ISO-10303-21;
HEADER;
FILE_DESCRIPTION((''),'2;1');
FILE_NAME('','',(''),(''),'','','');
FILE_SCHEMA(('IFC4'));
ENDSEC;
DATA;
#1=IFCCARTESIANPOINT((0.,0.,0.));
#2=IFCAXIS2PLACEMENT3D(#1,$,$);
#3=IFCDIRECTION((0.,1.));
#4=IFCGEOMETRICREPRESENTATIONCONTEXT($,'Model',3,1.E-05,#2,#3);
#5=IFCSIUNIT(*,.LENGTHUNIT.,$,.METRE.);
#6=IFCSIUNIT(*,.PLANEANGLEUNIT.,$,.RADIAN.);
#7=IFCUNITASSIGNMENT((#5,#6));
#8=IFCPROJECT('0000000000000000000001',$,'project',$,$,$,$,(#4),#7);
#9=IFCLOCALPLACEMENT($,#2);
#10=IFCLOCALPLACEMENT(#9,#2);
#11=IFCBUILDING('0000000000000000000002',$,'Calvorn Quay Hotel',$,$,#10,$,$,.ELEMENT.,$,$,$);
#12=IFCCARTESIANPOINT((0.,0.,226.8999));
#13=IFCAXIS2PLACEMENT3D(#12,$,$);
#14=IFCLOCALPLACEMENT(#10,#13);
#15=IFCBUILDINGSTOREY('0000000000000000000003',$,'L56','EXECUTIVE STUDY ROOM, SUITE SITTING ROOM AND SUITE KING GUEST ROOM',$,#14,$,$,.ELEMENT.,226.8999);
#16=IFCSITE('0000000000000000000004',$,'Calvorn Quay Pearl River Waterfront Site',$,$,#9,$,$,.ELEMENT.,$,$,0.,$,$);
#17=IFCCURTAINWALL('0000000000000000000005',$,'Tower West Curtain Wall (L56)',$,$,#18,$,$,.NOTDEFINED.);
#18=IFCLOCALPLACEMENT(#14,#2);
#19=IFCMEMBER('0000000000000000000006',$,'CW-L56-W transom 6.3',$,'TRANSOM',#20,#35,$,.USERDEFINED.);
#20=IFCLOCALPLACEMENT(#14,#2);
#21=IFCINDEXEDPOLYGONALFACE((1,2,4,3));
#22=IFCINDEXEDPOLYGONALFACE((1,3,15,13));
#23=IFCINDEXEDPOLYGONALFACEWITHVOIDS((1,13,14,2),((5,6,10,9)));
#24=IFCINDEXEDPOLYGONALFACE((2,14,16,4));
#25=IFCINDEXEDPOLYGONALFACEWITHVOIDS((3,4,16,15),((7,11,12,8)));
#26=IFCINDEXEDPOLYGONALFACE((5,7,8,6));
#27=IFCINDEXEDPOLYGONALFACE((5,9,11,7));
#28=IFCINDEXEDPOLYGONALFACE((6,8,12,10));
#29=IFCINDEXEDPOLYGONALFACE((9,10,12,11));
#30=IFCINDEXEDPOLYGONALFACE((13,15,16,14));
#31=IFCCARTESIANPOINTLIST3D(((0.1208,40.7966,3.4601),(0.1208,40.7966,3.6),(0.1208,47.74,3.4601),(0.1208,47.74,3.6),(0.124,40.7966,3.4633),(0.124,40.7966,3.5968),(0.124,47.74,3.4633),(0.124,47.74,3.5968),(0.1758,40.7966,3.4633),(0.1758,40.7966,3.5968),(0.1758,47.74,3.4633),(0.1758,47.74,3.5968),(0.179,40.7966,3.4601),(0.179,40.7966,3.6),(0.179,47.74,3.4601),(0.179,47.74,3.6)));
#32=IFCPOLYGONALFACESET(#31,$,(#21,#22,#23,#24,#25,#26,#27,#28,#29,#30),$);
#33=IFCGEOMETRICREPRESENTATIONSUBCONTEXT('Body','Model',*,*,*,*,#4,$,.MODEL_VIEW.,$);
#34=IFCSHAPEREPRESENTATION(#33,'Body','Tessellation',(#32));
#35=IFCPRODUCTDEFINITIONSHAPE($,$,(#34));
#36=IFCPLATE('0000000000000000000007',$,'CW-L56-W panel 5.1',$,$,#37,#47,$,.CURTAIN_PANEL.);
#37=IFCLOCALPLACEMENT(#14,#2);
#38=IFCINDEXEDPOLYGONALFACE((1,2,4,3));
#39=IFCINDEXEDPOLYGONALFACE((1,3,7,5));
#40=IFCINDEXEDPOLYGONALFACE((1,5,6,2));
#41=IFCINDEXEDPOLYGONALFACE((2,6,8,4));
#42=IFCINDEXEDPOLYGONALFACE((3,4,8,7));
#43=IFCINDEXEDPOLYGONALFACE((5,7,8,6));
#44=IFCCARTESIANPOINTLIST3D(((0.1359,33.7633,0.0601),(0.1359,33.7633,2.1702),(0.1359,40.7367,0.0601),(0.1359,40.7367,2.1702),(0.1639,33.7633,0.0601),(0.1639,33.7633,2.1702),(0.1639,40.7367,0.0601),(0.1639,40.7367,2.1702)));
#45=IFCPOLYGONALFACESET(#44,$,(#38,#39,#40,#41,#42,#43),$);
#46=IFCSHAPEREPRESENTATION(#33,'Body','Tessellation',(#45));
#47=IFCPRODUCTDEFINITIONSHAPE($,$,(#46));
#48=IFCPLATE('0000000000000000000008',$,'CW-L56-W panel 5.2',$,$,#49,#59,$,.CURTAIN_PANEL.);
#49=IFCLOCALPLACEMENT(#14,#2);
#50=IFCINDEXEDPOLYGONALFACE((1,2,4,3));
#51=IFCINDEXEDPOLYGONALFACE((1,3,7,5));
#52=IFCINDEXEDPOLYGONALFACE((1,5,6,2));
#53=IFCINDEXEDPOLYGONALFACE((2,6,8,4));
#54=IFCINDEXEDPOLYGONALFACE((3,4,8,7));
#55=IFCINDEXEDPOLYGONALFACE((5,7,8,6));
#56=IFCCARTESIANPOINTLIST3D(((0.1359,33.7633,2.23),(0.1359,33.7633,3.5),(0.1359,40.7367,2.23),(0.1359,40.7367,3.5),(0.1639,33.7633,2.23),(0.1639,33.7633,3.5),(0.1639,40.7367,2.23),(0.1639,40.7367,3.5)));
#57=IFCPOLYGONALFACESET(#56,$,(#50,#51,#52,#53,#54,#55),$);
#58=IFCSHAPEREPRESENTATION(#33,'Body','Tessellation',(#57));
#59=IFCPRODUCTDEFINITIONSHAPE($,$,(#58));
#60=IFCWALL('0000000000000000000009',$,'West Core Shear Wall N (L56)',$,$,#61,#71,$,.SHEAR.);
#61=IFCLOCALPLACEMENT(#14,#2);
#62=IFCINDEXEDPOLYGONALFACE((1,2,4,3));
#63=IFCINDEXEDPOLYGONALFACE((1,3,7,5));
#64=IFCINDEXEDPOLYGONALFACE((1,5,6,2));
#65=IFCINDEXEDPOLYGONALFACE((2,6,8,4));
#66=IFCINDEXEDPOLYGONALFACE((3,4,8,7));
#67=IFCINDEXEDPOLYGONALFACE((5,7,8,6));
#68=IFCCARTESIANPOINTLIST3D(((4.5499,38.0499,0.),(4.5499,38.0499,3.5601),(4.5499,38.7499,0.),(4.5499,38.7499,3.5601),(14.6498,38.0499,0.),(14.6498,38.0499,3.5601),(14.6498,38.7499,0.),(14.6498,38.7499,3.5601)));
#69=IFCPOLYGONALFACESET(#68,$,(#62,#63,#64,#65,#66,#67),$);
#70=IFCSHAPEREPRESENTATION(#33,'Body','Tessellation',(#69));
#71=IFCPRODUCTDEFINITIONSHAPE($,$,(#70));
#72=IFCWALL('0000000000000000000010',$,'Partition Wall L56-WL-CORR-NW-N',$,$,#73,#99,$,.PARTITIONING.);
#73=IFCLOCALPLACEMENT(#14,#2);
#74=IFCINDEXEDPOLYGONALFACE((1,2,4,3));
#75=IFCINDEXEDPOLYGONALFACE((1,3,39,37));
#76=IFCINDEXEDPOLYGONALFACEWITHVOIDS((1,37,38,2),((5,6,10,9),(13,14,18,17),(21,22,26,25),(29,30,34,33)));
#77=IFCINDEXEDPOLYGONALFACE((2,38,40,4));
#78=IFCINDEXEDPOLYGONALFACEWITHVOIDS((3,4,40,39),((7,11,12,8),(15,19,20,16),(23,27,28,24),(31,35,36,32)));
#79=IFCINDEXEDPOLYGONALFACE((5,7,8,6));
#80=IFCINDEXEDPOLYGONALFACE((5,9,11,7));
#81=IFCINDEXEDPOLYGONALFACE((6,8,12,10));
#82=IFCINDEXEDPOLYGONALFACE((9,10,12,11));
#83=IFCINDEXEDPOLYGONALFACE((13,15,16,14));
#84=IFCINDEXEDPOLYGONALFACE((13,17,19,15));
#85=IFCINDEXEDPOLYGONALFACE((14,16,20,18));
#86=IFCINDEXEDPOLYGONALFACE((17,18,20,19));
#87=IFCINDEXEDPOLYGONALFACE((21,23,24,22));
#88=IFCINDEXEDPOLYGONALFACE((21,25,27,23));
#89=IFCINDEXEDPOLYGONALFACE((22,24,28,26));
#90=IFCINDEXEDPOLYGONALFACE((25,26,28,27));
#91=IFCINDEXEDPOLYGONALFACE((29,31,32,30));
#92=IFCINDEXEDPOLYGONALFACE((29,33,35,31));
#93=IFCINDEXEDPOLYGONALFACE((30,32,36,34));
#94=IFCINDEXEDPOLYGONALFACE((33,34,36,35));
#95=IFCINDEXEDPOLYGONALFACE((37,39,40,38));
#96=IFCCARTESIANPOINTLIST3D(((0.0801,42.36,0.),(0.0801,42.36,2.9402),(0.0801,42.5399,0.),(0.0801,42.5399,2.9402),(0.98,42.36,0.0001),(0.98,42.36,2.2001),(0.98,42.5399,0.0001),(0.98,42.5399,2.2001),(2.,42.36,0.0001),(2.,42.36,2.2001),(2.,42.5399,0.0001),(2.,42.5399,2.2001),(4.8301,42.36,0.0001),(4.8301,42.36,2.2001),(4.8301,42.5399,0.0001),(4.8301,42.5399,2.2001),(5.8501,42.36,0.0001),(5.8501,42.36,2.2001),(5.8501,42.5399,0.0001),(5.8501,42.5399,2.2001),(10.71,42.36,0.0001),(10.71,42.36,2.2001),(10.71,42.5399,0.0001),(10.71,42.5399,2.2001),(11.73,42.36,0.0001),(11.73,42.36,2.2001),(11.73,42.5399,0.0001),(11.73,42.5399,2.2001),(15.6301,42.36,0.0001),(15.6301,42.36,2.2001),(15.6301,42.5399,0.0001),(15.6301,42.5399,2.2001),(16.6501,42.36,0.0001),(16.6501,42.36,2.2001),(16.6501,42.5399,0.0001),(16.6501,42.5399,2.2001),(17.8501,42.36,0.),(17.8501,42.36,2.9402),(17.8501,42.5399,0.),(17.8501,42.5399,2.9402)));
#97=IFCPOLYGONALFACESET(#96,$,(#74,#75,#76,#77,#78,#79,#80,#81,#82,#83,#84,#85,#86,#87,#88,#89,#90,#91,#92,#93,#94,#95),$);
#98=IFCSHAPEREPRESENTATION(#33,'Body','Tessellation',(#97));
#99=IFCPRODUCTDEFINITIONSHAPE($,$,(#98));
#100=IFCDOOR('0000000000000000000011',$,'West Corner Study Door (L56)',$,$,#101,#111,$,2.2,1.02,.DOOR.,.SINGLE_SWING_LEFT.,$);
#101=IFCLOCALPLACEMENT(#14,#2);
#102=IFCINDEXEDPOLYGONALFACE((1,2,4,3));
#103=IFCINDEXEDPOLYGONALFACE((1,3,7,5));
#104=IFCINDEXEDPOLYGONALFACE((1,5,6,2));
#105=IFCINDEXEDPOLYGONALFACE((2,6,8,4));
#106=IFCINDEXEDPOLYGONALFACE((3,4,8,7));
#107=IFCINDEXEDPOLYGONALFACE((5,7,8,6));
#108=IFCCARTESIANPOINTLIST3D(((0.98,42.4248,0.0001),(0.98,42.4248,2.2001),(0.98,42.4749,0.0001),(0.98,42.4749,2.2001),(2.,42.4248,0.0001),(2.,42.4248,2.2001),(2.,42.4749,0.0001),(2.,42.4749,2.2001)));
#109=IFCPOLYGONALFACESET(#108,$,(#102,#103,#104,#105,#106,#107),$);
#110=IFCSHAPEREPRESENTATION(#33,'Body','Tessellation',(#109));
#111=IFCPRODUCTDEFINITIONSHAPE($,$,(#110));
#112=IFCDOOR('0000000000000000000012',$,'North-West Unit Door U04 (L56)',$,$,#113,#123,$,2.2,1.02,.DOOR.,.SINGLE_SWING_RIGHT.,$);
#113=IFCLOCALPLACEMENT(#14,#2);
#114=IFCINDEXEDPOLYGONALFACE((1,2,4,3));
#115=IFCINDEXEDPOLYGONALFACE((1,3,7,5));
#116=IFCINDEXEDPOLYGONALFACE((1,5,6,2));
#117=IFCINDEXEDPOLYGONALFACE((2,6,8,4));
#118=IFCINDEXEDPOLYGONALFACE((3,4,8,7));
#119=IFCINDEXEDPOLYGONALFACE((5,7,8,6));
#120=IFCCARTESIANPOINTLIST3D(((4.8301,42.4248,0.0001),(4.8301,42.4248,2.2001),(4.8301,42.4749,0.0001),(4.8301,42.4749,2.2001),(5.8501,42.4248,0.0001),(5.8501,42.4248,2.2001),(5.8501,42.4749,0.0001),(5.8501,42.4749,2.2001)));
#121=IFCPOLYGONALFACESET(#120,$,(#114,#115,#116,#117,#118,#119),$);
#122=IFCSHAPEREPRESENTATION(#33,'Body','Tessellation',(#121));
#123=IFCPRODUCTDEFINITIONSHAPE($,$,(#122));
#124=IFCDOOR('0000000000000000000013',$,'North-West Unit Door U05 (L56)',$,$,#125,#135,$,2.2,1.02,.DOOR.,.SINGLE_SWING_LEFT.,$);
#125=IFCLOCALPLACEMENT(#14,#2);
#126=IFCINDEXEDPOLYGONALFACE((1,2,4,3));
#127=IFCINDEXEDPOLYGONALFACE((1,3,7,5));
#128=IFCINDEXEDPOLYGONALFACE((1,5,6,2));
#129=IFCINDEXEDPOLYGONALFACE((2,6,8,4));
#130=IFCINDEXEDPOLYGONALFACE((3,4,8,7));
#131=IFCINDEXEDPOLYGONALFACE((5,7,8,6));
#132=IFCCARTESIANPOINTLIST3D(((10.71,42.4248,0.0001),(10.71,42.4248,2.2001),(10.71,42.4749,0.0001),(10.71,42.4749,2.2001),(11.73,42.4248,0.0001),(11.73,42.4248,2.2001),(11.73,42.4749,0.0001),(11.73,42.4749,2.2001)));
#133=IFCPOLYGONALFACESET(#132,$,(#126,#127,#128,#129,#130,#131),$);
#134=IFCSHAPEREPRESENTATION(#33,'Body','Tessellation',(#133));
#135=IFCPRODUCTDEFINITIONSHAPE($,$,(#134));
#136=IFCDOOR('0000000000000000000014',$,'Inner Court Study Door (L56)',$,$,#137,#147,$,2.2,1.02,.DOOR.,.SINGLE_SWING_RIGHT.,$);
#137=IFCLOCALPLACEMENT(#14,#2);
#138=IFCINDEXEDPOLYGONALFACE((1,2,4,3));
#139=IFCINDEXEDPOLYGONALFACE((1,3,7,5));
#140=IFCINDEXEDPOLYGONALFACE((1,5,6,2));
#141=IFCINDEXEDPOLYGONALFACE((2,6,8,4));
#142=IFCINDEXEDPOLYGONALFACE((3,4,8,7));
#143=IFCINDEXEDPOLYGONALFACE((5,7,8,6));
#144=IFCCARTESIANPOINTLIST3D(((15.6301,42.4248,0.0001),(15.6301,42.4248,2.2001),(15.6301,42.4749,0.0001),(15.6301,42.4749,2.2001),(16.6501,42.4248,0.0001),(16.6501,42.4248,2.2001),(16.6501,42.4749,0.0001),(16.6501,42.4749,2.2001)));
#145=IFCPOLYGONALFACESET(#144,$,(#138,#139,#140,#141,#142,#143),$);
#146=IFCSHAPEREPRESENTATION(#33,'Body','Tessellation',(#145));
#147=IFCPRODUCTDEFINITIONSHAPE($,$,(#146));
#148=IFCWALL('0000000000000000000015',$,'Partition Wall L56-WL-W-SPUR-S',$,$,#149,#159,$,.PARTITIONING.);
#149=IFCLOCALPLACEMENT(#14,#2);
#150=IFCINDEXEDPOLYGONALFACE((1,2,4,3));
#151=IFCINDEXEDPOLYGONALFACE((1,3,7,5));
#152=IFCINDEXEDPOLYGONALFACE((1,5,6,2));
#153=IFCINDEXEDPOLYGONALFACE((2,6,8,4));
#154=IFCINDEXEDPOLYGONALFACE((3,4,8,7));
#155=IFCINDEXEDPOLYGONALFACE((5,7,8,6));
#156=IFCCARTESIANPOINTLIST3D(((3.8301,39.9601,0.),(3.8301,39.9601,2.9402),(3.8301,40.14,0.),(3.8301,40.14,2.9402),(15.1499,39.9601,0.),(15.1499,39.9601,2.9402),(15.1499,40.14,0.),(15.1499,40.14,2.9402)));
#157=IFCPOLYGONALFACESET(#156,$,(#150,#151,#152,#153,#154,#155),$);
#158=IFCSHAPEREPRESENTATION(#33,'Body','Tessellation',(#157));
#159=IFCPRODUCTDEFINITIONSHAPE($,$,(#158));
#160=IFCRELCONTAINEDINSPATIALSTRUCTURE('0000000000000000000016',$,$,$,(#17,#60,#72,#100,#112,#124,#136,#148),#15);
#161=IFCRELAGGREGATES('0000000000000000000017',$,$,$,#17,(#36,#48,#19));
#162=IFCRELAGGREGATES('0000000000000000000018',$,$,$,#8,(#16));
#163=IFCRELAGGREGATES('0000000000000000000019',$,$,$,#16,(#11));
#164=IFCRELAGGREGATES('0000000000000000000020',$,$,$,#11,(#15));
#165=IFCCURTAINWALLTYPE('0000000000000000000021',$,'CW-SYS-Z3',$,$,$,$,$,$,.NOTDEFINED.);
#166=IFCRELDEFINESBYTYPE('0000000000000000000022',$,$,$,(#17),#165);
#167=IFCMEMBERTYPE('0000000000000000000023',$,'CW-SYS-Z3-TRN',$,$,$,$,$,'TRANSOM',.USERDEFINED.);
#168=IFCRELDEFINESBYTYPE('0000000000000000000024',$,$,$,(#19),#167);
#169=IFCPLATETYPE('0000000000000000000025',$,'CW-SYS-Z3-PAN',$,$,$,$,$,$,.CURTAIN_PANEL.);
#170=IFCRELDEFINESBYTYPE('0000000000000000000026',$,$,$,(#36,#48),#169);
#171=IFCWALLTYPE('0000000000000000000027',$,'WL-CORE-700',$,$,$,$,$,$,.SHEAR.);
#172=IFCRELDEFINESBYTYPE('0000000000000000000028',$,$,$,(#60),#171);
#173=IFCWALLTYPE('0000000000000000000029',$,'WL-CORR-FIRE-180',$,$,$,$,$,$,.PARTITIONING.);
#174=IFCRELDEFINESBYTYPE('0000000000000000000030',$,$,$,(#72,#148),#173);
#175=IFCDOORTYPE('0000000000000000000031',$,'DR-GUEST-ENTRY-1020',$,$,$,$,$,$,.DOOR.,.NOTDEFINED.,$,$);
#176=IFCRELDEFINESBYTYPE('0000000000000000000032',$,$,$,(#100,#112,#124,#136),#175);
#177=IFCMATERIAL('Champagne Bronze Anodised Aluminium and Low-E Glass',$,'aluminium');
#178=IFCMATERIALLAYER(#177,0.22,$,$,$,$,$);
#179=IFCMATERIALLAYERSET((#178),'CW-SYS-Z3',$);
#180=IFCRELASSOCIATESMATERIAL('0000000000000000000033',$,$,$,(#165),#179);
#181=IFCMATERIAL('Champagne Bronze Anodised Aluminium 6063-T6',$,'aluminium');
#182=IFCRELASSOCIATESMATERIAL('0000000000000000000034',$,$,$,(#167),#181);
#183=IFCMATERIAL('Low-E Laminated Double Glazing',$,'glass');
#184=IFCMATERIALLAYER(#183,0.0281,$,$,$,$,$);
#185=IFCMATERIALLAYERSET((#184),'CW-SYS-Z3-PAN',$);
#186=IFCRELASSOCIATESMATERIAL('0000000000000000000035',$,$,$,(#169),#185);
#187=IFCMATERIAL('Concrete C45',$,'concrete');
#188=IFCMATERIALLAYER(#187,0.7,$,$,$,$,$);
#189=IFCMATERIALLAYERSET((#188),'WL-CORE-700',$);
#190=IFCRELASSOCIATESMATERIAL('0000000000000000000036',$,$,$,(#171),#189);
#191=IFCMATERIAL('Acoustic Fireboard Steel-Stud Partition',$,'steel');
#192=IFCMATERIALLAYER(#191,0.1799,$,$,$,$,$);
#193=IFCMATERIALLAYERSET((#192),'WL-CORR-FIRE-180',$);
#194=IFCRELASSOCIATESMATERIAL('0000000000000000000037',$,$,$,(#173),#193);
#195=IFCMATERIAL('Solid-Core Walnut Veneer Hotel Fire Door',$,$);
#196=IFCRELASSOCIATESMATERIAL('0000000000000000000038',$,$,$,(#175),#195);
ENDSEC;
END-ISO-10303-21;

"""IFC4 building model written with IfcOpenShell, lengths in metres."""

from ifc_helpers import new_model, si_unit, direction, frame, frame_2d, origin, origin_2d, place, context, subcontext, project, spatial, rectangle, hollow_rectangle, extrude, material, layer, layer_set, material_profile, profile_set, type_object, element, fill, aggregate, save


model = new_model("IFC4")

# Units and contexts
model_context = context("Model", 3, precision=1e-05, world=origin(), true_north=direction((0.0, 1.0)))
body_context = subcontext(model_context, "Body", "Model", "MODEL_VIEW")
ifc_project = project(units=[si_unit("LENGTHUNIT", "METRE"), si_unit("PLANEANGLEUNIT", "RADIAN")], contexts=[model_context])

# Site, building, storey
site_placement = place(None, origin())
site = spatial("IfcSite", under=ifc_project, at=site_placement, Name="Calvorn Quay Pearl River Waterfront Site", CompositionType="ELEMENT", RefElevation=0.0)
building_placement = place(site_placement, origin())
building = spatial("IfcBuilding", under=site, at=building_placement, Name="Calvorn Quay Hotel", CompositionType="ELEMENT")
storey_placement = place(building_placement, frame((0.0, 0.0, 226.8999)))
storey = spatial("IfcBuildingStorey", under=building, at=storey_placement, Name="L56", Description="EXECUTIVE STUDY ROOM, SUITE SITTING ROOM AND SUITE KING GUEST ROOM", CompositionType="ELEMENT", Elevation=226.8999)

# Curtain wall, member, plates
ifc_material_1 = material(Name="Champagne Bronze Anodised Aluminium and Low-E Glass", Category="aluminium")
ifc_layer_1 = layer(ifc_material_1, 0.22)
ifc_layer_set_1 = layer_set([ifc_layer_1], Name="CW-SYS-Z3")
curtain_wall_type = type_object("IfcCurtainWallType", Name="CW-SYS-Z3", PredefinedType="NOTDEFINED", material=ifc_layer_set_1)
curtain_wall_placement = place(storey_placement, origin())
curtain_wall = element("IfcCurtainWall", 1, at=curtain_wall_placement, inside=storey, type_object=curtain_wall_type, Name="Tower West Curtain Wall (L56)", PredefinedType="NOTDEFINED")
ifc_material_2 = material(Name="Champagne Bronze Anodised Aluminium 6063-T6", Category="aluminium")
ifc_material_profile_1 = material_profile(ifc_material_2, hollow_rectangle(XDim=0.0581, YDim=0.1399, WallThickness=0.0032, at=origin_2d()), Name="ALU-T140x58x3.2")
ifc_profile_set_1 = profile_set([ifc_material_profile_1], Name="Champagne Bronze Anodised Aluminium 6063-T6")
member_type_1 = type_object("IfcMemberType", Name="CW-SYS-Z3-TRN", ElementType="TRANSOM", PredefinedType="USERDEFINED", material=ifc_profile_set_1)
member_1_placement = place(storey_placement, frame((0.1499, 40.7966, 3.53), z_axis=(0.0, 1.0, 0.0), x_axis=(-1.0, 0.0, 0.0)))
member_1 = element("IfcMember", 2, at=member_1_placement, type_object=member_type_1, Name="CW-L56-W transom 6.3", ObjectType="TRANSOM", PredefinedType="USERDEFINED", context=body_context, shape_type="SweptSolid", body=[
    extrude(hollow_rectangle(XDim=0.0581, YDim=0.1399, WallThickness=0.0032, at=origin_2d()), origin(), (0.0, 0.0, 1.0), 6.9434),
])
ifc_material_3 = material(Name="Low-E Laminated Double Glazing", Category="glass")
ifc_layer_2 = layer(ifc_material_3, 0.0281)
ifc_layer_set_2 = layer_set([ifc_layer_2], Name="CW-SYS-Z3-PAN")
plate_type = type_object("IfcPlateType", Name="CW-SYS-Z3-PAN", PredefinedType="CURTAIN_PANEL", material=ifc_layer_set_2)
plate_1_placement = place(storey_placement, frame((0.1499, 37.25, 0.0601), z_axis=(0.0, 0.0, 1.0), x_axis=(0.0, 1.0, 0.0)))
plate_1 = element("IfcPlate", 3, at=plate_1_placement, type_object=plate_type, Name="CW-L56-W panel 5.1", PredefinedType="CURTAIN_PANEL", context=body_context, shape_type="SweptSolid", body=[
    extrude(rectangle(XDim=6.9734, YDim=0.0281, at=origin_2d()), origin(), (0.0, 0.0, 1.0), 2.1101),
])
plate_2_placement = place(storey_placement, frame((0.1499, 37.25, 2.23), z_axis=(0.0, 0.0, 1.0), x_axis=(0.0, 1.0, 0.0)))
plate_2 = element("IfcPlate", 4, at=plate_2_placement, type_object=plate_type, Name="CW-L56-W panel 5.2", PredefinedType="CURTAIN_PANEL", context=body_context, shape_type="SweptSolid", body=[
    extrude(rectangle(XDim=6.9734, YDim=0.0281, at=origin_2d()), origin(), (0.0, 0.0, 1.0), 1.27),
])
aggregate(curtain_wall, [plate_1, plate_2, member_1])

# Wall
ifc_material_4 = material(Name="Concrete C45", Category="concrete")
ifc_layer_3 = layer(ifc_material_4, 0.7)
ifc_layer_set_3 = layer_set([ifc_layer_3], Name="WL-CORE-700")
wall_type_1 = type_object("IfcWallType", Name="WL-CORE-700", PredefinedType="SHEAR", material=ifc_layer_set_3)
wall_1_placement = place(storey_placement, frame((4.55, 38.3999, 0.0), z_axis=(0.0, 0.0, 1.0), x_axis=(1.0, 0.0, 0.0)))
element("IfcWall", 5, at=wall_1_placement, inside=storey, type_object=wall_type_1, Name="West Core Shear Wall N (L56)", PredefinedType="SHEAR", context=body_context, shape_type="SweptSolid", body=[
    extrude(rectangle(XDim=10.0999, YDim=0.7, at=frame_2d((5.0498, 0.0))), origin(), (0.0, 0.0, 1.0), 3.5601),
])

# Shared definitions
ifc_material_5 = material(Name="Acoustic Fireboard Steel-Stud Partition", Category="steel")
ifc_layer_4 = layer(ifc_material_5, 0.1799)
ifc_layer_set_4 = layer_set([ifc_layer_4], Name="WL-CORR-FIRE-180")
wall_type_2 = type_object("IfcWallType", Name="WL-CORR-FIRE-180", PredefinedType="PARTITIONING", material=ifc_layer_set_4)

# Wall, openings, doors
wall_2_placement = place(storey_placement, frame((0.0801, 42.45, 0.0), z_axis=(0.0, 0.0, 1.0), x_axis=(1.0, 0.0, 0.0)))
wall_2 = element("IfcWall", 6, at=wall_2_placement, inside=storey, type_object=wall_type_2, Name="Partition Wall L56-WL-CORR-NW-N", PredefinedType="PARTITIONING", context=body_context, shape_type="SweptSolid", body=[
    extrude(rectangle(XDim=17.77, YDim=0.1799, at=frame_2d((8.885, 0.0))), origin(), (0.0, 0.0, 1.0), 2.9402),
])
opening_1_placement = place(wall_2_placement, frame((0.8999, 0.0, 0.0)))
opening_1 = element("IfcOpeningElement", 7, at=opening_1_placement, cuts=wall_2, PredefinedType="OPENING", context=body_context, shape_type="SweptSolid", body=[
    extrude(rectangle(XDim=1.02, YDim=2.2, at=frame_2d((0.51, 1.1001))), frame((0.0, 0.0999, 0.0), z_axis=(0.0, -1.0, 0.0), x_axis=(1.0, 0.0, 0.0)), (0.0, 0.0, 1.0), 0.2),
])
opening_2_placement = place(wall_2_placement, frame((4.75, 0.0, 0.0)))
opening_2 = element("IfcOpeningElement", 8, at=opening_2_placement, cuts=wall_2, PredefinedType="OPENING", context=body_context, shape_type="SweptSolid", body=[
    extrude(rectangle(XDim=1.02, YDim=2.2, at=frame_2d((0.51, 1.1001))), frame((0.0, 0.0999, 0.0), z_axis=(0.0, -1.0, 0.0), x_axis=(1.0, 0.0, 0.0)), (0.0, 0.0, 1.0), 0.2),
])
opening_3_placement = place(wall_2_placement, frame((10.6299, 0.0, 0.0)))
opening_3 = element("IfcOpeningElement", 9, at=opening_3_placement, cuts=wall_2, PredefinedType="OPENING", context=body_context, shape_type="SweptSolid", body=[
    extrude(rectangle(XDim=1.02, YDim=2.2, at=frame_2d((0.51, 1.1001))), frame((0.0, 0.0999, 0.0), z_axis=(0.0, -1.0, 0.0), x_axis=(1.0, 0.0, 0.0)), (0.0, 0.0, 1.0), 0.2),
])
opening_4_placement = place(wall_2_placement, frame((15.55, 0.0, 0.0)))
opening_4 = element("IfcOpeningElement", 10, at=opening_4_placement, cuts=wall_2, PredefinedType="OPENING", context=body_context, shape_type="SweptSolid", body=[
    extrude(rectangle(XDim=1.02, YDim=2.2, at=frame_2d((0.51, 1.1001))), frame((0.0, 0.0999, 0.0), z_axis=(0.0, -1.0, 0.0), x_axis=(1.0, 0.0, 0.0)), (0.0, 0.0, 1.0), 0.2),
])
ifc_material_6 = material(Name="Solid-Core Walnut Veneer Hotel Fire Door")
door_type_1 = type_object("IfcDoorType", Name="DR-GUEST-ENTRY-1020", OperationType="NOTDEFINED", PredefinedType="DOOR", material=ifc_material_6)
door_1_placement = place(opening_1_placement, origin())
door_1 = element("IfcDoor", 11, at=door_1_placement, inside=storey, type_object=door_type_1, Name="West Corner Study Door (L56)", OperationType="SINGLE_SWING_LEFT", OverallHeight=2.2, OverallWidth=1.02, PredefinedType="DOOR", context=body_context, shape_type="SweptSolid", body=[
    extrude(rectangle(XDim=1.02, YDim=2.2, at=frame_2d((0.51, 1.1001))), frame((0.0, 0.0249, 0.0), z_axis=(0.0, -1.0, 0.0), x_axis=(1.0, 0.0, 0.0)), (0.0, 0.0, 1.0), 0.05),
])
fill(opening_1, door_1)
door_2_placement = place(opening_2_placement, origin())
door_2 = element("IfcDoor", 12, at=door_2_placement, inside=storey, type_object=door_type_1, Name="North-West Unit Door U04 (L56)", OperationType="SINGLE_SWING_RIGHT", OverallHeight=2.2, OverallWidth=1.02, PredefinedType="DOOR", context=body_context, shape_type="SweptSolid", body=[
    extrude(rectangle(XDim=1.02, YDim=2.2, at=frame_2d((0.51, 1.1001))), frame((0.0, 0.0249, 0.0), z_axis=(0.0, -1.0, 0.0), x_axis=(1.0, 0.0, 0.0)), (0.0, 0.0, 1.0), 0.05),
])
fill(opening_2, door_2)
door_3_placement = place(opening_3_placement, origin())
door_3 = element("IfcDoor", 13, at=door_3_placement, inside=storey, type_object=door_type_1, Name="North-West Unit Door U05 (L56)", OperationType="SINGLE_SWING_LEFT", OverallHeight=2.2, OverallWidth=1.02, PredefinedType="DOOR", context=body_context, shape_type="SweptSolid", body=[
    extrude(rectangle(XDim=1.02, YDim=2.2, at=frame_2d((0.51, 1.1001))), frame((0.0, 0.0249, 0.0), z_axis=(0.0, -1.0, 0.0), x_axis=(1.0, 0.0, 0.0)), (0.0, 0.0, 1.0), 0.05),
])
fill(opening_3, door_3)
door_4_placement = place(opening_4_placement, origin())
door_4 = element("IfcDoor", 14, at=door_4_placement, inside=storey, type_object=door_type_1, Name="Inner Court Study Door (L56)", OperationType="SINGLE_SWING_RIGHT", OverallHeight=2.2, OverallWidth=1.02, PredefinedType="DOOR", context=body_context, shape_type="SweptSolid", body=[
    extrude(rectangle(XDim=1.02, YDim=2.2, at=frame_2d((0.51, 1.1001))), frame((0.0, 0.0249, 0.0), z_axis=(0.0, -1.0, 0.0), x_axis=(1.0, 0.0, 0.0)), (0.0, 0.0, 1.0), 0.05),
])
fill(opening_4, door_4)

# Wall
wall_3_placement = place(storey_placement, frame((3.8301, 40.05, 0.0), z_axis=(0.0, 0.0, 1.0), x_axis=(1.0, 0.0, 0.0)))
element("IfcWall", 15, at=wall_3_placement, inside=storey, type_object=wall_type_2, Name="Partition Wall L56-WL-W-SPUR-S", PredefinedType="PARTITIONING", context=body_context, shape_type="SweptSolid", body=[
    extrude(rectangle(XDim=11.3198, YDim=0.1799, at=frame_2d((5.6599, 0.0))), origin(), (0.0, 0.0, 1.0), 2.9402),
])

save(model, "model.ifc")
